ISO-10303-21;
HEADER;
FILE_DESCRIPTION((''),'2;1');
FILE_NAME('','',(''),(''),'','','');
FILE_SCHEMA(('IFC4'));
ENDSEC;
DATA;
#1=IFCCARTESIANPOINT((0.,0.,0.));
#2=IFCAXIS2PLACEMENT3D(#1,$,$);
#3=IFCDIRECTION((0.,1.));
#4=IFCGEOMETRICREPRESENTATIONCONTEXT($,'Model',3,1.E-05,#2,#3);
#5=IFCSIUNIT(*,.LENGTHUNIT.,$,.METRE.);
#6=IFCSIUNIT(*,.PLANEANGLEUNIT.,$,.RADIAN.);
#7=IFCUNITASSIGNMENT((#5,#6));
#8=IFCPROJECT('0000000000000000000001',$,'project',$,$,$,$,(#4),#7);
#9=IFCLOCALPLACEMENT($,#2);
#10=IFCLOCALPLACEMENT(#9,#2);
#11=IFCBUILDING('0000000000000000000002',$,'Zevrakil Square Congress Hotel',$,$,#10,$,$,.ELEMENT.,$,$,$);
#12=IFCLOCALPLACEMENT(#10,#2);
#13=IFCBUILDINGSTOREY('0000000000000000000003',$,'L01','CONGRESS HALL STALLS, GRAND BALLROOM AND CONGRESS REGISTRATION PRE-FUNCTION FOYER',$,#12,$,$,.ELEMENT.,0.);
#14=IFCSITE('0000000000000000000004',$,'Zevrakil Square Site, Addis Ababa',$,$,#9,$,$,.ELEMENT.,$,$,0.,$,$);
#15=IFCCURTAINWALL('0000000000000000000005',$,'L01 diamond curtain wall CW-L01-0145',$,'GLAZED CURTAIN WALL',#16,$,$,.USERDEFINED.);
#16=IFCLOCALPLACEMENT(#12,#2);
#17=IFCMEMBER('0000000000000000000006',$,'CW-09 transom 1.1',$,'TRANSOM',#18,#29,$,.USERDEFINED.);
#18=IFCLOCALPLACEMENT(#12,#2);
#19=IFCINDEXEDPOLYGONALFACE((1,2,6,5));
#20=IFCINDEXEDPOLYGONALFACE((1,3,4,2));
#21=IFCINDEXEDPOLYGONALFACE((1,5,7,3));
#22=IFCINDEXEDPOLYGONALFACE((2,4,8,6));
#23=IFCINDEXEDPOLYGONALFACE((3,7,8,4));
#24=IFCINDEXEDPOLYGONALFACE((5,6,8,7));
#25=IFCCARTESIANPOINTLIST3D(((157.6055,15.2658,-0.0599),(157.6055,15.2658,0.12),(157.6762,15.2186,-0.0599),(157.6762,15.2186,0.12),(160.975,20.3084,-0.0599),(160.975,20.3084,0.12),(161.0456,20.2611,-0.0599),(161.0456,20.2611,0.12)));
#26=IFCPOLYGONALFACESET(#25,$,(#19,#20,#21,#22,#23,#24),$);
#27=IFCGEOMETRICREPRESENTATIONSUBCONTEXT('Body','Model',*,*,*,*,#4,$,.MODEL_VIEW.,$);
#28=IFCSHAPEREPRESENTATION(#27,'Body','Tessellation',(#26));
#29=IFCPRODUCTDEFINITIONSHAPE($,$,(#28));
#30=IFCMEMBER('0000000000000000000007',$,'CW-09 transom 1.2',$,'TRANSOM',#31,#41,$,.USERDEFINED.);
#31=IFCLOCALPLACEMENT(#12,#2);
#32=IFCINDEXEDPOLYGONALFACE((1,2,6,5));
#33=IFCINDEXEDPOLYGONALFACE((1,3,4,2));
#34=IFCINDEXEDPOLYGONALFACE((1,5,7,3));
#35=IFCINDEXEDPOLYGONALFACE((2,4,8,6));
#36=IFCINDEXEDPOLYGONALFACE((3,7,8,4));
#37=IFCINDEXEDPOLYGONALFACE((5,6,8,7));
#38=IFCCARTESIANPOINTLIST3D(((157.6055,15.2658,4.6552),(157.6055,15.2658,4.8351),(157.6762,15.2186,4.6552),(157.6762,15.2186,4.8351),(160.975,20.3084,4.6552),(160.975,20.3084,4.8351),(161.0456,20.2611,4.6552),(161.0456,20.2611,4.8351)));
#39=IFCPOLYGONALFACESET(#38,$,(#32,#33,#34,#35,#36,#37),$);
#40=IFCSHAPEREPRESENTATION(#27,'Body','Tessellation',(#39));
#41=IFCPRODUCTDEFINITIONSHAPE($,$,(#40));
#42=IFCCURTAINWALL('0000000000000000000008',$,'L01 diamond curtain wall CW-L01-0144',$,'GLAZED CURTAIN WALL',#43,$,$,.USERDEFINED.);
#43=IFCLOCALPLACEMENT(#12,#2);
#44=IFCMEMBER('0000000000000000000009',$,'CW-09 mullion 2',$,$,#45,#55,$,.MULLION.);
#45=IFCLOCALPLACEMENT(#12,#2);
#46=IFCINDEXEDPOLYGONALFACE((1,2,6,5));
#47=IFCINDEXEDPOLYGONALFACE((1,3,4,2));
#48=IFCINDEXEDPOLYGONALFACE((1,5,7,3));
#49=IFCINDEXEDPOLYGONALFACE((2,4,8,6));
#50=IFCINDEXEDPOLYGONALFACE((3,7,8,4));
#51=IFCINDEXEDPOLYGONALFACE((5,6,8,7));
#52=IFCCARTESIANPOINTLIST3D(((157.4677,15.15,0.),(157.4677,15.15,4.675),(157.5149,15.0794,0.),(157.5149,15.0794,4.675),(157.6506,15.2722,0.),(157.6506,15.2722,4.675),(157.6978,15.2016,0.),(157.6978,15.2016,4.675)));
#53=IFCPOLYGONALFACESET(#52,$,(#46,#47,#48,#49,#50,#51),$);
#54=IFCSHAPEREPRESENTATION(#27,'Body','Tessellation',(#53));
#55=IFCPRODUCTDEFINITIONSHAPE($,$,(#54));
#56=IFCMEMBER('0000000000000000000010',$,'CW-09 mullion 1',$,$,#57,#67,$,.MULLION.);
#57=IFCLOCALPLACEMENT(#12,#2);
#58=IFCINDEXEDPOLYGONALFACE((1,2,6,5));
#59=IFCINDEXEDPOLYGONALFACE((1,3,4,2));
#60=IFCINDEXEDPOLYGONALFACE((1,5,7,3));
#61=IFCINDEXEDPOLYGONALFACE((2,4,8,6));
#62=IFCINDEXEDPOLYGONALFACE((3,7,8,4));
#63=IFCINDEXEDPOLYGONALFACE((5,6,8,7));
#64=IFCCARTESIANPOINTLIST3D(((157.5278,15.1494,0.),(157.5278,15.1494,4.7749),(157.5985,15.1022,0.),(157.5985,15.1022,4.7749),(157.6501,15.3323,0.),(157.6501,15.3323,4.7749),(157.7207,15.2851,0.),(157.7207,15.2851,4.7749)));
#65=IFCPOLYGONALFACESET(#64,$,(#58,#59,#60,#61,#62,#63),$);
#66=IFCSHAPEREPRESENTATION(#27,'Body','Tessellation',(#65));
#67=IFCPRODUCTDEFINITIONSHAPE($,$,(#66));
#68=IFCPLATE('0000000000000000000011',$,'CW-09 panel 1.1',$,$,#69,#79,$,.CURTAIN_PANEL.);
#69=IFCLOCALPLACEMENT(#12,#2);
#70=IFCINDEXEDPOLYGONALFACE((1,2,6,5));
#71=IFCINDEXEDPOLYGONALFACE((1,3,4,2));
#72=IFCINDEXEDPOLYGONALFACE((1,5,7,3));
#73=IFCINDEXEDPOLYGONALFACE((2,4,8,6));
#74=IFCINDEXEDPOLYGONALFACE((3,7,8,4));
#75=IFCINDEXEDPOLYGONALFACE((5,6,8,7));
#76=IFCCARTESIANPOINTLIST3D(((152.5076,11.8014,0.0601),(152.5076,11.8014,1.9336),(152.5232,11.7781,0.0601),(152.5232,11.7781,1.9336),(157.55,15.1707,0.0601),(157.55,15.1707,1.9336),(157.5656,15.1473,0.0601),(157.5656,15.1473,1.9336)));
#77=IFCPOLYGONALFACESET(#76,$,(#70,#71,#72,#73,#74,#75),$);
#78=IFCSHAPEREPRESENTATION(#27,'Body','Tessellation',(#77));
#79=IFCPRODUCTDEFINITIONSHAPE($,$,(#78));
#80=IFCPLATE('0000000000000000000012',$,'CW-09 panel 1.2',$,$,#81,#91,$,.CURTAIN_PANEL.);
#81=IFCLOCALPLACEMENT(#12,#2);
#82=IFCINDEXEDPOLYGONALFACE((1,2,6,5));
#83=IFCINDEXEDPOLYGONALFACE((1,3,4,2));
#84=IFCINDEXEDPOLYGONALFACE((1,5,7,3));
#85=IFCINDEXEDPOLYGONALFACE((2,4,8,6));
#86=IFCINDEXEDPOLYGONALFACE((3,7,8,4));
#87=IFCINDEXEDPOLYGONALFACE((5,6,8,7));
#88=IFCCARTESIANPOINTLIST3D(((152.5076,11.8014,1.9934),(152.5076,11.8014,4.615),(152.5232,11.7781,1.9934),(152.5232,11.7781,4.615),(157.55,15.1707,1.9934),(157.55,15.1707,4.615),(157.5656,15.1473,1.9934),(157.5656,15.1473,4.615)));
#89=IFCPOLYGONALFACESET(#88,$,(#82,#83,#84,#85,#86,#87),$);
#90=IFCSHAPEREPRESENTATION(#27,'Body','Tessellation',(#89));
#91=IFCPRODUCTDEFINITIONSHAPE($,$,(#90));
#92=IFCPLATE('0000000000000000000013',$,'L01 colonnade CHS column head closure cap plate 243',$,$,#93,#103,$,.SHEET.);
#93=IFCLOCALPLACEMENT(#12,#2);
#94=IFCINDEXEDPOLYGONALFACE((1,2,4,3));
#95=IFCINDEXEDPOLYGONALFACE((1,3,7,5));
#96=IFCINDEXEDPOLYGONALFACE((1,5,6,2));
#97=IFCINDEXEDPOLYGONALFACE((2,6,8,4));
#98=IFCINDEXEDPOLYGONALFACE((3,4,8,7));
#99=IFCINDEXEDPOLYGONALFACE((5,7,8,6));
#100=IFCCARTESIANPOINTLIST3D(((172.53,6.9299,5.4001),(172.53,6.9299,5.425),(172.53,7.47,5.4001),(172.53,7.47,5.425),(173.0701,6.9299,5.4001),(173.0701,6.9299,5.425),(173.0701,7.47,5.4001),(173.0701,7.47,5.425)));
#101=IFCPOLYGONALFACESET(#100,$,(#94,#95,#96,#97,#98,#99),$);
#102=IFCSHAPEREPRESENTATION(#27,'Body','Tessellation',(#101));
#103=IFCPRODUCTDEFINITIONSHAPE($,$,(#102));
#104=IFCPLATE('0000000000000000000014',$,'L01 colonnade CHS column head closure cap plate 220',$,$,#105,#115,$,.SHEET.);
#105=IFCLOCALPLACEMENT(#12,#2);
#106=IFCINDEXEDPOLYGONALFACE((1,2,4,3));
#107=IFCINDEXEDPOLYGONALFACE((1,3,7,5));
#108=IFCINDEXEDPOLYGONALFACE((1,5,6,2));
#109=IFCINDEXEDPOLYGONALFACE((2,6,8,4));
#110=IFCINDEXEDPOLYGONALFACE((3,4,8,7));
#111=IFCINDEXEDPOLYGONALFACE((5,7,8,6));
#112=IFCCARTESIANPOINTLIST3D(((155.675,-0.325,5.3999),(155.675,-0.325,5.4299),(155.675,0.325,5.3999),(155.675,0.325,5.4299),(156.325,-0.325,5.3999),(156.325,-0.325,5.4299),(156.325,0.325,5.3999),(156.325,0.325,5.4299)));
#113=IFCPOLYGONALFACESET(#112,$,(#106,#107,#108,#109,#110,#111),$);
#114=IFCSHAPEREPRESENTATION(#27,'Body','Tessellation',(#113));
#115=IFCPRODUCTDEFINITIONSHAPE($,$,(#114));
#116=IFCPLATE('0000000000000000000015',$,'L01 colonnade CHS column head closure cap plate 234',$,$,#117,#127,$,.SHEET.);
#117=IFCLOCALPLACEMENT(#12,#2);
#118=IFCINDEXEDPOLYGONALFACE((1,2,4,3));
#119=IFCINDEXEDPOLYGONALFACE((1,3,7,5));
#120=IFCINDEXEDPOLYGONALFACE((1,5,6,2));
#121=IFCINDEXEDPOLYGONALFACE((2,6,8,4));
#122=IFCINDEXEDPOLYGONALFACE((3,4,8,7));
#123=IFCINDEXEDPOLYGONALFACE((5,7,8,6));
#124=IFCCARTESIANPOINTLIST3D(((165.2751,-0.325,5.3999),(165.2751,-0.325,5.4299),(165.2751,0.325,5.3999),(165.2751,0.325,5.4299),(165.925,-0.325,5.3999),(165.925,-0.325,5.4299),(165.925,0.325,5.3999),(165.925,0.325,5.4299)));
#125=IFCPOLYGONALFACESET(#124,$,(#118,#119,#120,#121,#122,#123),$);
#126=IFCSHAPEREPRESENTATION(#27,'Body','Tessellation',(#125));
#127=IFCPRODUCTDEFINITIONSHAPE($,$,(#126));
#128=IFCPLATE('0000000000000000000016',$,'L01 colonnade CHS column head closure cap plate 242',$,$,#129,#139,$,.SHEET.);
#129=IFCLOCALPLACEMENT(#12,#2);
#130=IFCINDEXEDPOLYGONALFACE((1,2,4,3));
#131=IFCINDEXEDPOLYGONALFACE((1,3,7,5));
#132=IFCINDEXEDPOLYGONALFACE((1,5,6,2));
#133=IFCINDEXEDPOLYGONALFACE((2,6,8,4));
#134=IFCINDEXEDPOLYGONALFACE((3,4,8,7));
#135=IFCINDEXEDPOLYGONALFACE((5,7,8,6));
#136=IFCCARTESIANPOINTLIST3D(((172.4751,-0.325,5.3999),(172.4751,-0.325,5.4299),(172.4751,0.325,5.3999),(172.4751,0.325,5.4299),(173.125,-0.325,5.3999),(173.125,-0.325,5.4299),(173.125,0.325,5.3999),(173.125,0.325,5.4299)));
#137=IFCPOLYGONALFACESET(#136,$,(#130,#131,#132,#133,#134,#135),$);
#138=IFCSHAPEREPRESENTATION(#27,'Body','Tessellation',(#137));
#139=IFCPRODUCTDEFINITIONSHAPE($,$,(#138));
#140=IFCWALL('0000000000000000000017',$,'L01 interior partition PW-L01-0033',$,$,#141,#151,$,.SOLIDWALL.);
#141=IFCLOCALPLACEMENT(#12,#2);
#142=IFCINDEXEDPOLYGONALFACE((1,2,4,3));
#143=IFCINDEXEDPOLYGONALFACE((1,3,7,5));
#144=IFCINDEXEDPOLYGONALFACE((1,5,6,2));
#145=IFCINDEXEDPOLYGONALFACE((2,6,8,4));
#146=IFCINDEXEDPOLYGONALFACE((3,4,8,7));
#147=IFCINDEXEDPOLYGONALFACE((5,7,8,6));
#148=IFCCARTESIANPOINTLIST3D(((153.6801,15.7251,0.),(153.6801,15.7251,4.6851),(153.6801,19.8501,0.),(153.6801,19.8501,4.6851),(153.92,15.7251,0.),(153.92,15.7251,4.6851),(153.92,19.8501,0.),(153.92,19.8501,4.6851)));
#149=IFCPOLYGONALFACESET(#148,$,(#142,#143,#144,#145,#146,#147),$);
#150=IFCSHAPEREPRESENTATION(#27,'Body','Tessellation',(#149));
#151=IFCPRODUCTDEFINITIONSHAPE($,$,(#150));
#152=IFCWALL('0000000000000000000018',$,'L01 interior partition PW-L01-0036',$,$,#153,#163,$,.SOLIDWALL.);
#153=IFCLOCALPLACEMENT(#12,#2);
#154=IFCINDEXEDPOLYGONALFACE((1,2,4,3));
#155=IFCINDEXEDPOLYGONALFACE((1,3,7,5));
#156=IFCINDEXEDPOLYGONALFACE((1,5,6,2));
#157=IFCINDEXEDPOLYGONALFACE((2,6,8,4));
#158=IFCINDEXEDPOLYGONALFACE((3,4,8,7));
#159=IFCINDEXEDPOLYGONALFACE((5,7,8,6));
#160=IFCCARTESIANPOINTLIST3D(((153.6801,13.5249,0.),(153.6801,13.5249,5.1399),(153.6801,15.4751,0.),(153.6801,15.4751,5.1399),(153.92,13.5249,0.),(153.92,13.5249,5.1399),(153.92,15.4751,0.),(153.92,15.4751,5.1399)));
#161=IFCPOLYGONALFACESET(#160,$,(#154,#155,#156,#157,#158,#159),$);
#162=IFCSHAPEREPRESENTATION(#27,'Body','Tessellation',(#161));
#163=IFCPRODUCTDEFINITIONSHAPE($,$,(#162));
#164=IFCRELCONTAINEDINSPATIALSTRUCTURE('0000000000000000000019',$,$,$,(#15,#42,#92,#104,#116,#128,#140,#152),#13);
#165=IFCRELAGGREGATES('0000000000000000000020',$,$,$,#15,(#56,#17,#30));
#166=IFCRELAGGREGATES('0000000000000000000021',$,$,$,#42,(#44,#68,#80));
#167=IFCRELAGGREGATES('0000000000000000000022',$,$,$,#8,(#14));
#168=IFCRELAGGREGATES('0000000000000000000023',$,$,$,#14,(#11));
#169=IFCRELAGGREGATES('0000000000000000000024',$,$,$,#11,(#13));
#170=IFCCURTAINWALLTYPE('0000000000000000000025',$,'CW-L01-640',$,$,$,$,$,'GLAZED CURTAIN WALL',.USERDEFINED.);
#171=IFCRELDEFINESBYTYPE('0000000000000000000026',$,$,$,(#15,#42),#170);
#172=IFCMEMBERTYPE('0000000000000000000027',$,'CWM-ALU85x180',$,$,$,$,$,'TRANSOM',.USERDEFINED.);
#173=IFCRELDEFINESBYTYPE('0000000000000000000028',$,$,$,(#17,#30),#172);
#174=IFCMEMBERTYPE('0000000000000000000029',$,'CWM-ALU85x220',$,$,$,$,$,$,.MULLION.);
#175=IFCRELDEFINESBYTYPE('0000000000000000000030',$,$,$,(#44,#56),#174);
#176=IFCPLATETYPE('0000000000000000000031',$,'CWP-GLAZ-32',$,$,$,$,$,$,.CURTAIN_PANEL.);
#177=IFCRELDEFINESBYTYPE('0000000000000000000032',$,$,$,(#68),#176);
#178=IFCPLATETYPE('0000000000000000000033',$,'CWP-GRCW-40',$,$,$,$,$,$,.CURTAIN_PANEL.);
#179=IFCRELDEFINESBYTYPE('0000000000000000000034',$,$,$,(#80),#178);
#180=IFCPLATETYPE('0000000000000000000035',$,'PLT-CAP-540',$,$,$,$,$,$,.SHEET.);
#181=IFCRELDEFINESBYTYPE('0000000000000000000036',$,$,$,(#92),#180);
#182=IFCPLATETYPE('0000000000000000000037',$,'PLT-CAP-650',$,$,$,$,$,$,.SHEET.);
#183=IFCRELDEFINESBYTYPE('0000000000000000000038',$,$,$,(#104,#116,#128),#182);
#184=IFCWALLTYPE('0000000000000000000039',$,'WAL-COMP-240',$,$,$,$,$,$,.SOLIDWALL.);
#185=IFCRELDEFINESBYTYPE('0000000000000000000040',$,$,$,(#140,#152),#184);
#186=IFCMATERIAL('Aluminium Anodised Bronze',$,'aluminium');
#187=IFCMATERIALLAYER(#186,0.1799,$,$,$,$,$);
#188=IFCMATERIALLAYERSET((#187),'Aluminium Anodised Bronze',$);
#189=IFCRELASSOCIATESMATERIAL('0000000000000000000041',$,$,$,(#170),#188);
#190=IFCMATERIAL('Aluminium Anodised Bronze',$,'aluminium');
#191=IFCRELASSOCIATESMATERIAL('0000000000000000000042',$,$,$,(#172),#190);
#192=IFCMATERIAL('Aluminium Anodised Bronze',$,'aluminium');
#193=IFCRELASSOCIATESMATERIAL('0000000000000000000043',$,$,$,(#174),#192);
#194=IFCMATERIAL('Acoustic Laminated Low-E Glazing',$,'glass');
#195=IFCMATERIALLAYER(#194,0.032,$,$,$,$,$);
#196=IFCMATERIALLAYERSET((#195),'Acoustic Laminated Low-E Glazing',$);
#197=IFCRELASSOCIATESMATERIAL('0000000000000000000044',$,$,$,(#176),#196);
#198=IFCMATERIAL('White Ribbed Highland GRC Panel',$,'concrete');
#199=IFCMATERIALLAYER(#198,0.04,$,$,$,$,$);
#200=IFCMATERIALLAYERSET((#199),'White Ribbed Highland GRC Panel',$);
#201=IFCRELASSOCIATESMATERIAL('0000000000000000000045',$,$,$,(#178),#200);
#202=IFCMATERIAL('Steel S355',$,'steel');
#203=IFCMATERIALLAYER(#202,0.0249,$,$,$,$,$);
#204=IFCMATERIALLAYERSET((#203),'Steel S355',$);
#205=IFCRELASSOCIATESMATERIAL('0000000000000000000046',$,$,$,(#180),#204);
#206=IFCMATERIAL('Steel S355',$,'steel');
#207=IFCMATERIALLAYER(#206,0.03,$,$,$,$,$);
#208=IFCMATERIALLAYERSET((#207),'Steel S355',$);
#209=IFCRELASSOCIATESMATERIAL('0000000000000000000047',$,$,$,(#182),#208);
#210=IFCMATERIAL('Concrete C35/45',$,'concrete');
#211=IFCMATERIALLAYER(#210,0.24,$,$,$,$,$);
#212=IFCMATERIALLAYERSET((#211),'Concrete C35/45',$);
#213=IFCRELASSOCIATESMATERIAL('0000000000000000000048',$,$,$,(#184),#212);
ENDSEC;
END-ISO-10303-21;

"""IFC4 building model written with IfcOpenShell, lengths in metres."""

from ifc_helpers import new_model, si_unit, direction, frame, frame_2d, origin, origin_2d, place, context, subcontext, project, spatial, rectangle, extrude, material, layer, layer_set, material_profile, profile_set, type_object, element, aggregate, save


model = new_model("IFC4")

# Units and contexts
model_context = context("Model", 3, precision=1e-05, world=origin(), true_north=direction((0.0, 1.0)))
body_context = subcontext(model_context, "Body", "Model", "MODEL_VIEW")
ifc_project = project(units=[si_unit("LENGTHUNIT", "METRE"), si_unit("PLANEANGLEUNIT", "RADIAN")], contexts=[model_context])

# Site, building, storey
site_placement = place(None, origin())
site = spatial("IfcSite", under=ifc_project, at=site_placement, Name="Zevrakil Square Site, Addis Ababa", CompositionType="ELEMENT", RefElevation=0.0)
building_placement = place(site_placement, origin())
building = spatial("IfcBuilding", under=site, at=building_placement, Name="Zevrakil Square Congress Hotel", CompositionType="ELEMENT")
storey_placement = place(building_placement, origin())
storey = spatial("IfcBuildingStorey", under=building, at=storey_placement, Name="L01", Description="CONGRESS HALL STALLS, GRAND BALLROOM AND CONGRESS REGISTRATION PRE-FUNCTION FOYER", CompositionType="ELEMENT", Elevation=0.0)

# Curtain wall, members
ifc_material_1 = material(Name="Aluminium Anodised Bronze", Category="aluminium")
ifc_layer_1 = layer(ifc_material_1, 0.1799)
ifc_layer_set_1 = layer_set([ifc_layer_1], Name="Aluminium Anodised Bronze")
curtain_wall_type = type_object("IfcCurtainWallType", Name="CW-L01-640", ElementType="GLAZED CURTAIN WALL", PredefinedType="USERDEFINED", material=ifc_layer_set_1)
curtain_wall_1_placement = place(storey_placement, origin())
curtain_wall_1 = element("IfcCurtainWall", 1, at=curtain_wall_1_placement, inside=storey, type_object=curtain_wall_type, Name="L01 diamond curtain wall CW-L01-0145", ObjectType="GLAZED CURTAIN WALL", PredefinedType="USERDEFINED")
ifc_material_2 = material(Name="Aluminium Anodised Bronze", Category="aluminium")
ifc_material_profile_1 = material_profile(ifc_material_2, rectangle(XDim=0.085, YDim=0.1799, at=origin_2d()), Name="ALU 85x180")
ifc_profile_set_1 = profile_set([ifc_material_profile_1], Name="Aluminium Anodised Bronze")
member_type_1 = type_object("IfcMemberType", Name="CWM-ALU85x180", ElementType="TRANSOM", PredefinedType="USERDEFINED", material=ifc_profile_set_1)
member_1_placement = place(storey_placement, frame((157.6409, 15.2422, 0.03), z_axis=(0.555582, 0.831461, 0.0), x_axis=(-0.831461, 0.555582, 0.0)))
member_1 = element("IfcMember", 2, at=member_1_placement, type_object=member_type_1, Name="CW-09 transom 1.1", ObjectType="TRANSOM", PredefinedType="USERDEFINED", context=body_context, shape_type="SweptSolid", body=[
    extrude(rectangle(XDim=0.085, YDim=0.1799, at=origin_2d()), origin(), (0.0, 0.0, 1.0), 6.0647),
])
member_2_placement = place(storey_placement, frame((157.6409, 15.2422, 4.7451), z_axis=(0.555582, 0.831461, 0.0), x_axis=(-0.831461, 0.555582, 0.0)))
member_2 = element("IfcMember", 3, at=member_2_placement, type_object=member_type_1, Name="CW-09 transom 1.2", ObjectType="TRANSOM", PredefinedType="USERDEFINED", context=body_context, shape_type="SweptSolid", body=[
    extrude(rectangle(XDim=0.085, YDim=0.1799, at=origin_2d()), origin(), (0.0, 0.0, 1.0), 6.0647),
])

# Curtain wall, member
curtain_wall_2_placement = place(storey_placement, origin())
curtain_wall_2 = element("IfcCurtainWall", 4, at=curtain_wall_2_placement, inside=storey, type_object=curtain_wall_type, Name="L01 diamond curtain wall CW-L01-0144", ObjectType="GLAZED CURTAIN WALL", PredefinedType="USERDEFINED")
ifc_material_3 = material(Name="Aluminium Anodised Bronze", Category="aluminium")
ifc_material_profile_2 = material_profile(ifc_material_3, rectangle(XDim=0.085, YDim=0.22, at=origin_2d()), Name="ALU 85x220")
ifc_profile_set_2 = profile_set([ifc_material_profile_2], Name="Aluminium Anodised Bronze")
member_type_2 = type_object("IfcMemberType", Name="CWM-ALU85x220", PredefinedType="MULLION", material=ifc_profile_set_2)
member_3_placement = place(storey_placement, frame((157.5828, 15.1758, 0.0), z_axis=(0.0, 0.0, 1.0), x_axis=(-0.555577, 0.831465, 0.0)))
member_3 = element("IfcMember", 5, at=member_3_placement, type_object=member_type_2, Name="CW-09 mullion 2", PredefinedType="MULLION", context=body_context, shape_type="SweptSolid", body=[
    extrude(rectangle(XDim=0.085, YDim=0.22, at=origin_2d()), origin(), (0.0, 0.0, 1.0), 4.675),
])

# Member
member_4_placement = place(storey_placement, frame((157.6243, 15.2173, 0.0), z_axis=(0.0, 0.0, 1.0), x_axis=(-0.831465, 0.555577, 0.0)))
member_4 = element("IfcMember", 6, at=member_4_placement, type_object=member_type_2, Name="CW-09 mullion 1", PredefinedType="MULLION", context=body_context, shape_type="SweptSolid", body=[
    extrude(rectangle(XDim=0.085, YDim=0.22, at=origin_2d()), origin(), (0.0, 0.0, 1.0), 4.7749),
])
aggregate(curtain_wall_1, [member_4, member_1, member_2])

# Plates
ifc_material_4 = material(Name="Acoustic Laminated Low-E Glazing", Category="glass")
ifc_layer_2 = layer(ifc_material_4, 0.032)
ifc_layer_set_2 = layer_set([ifc_layer_2], Name="Acoustic Laminated Low-E Glazing")
plate_type_1 = type_object("IfcPlateType", Name="CWP-GLAZ-32", PredefinedType="CURTAIN_PANEL", material=ifc_layer_set_2)
plate_1_placement = place(storey_placement, frame((155.0366, 13.4744, 0.0601), z_axis=(0.0, 0.0, 1.0), x_axis=(0.831465, 0.555577, 0.0)))
plate_1 = element("IfcPlate", 7, at=plate_1_placement, type_object=plate_type_1, Name="CW-09 panel 1.1", PredefinedType="CURTAIN_PANEL", context=body_context, shape_type="SweptSolid", body=[
    extrude(rectangle(XDim=6.0645, YDim=0.0281, at=origin_2d()), origin(), (0.0, 0.0, 1.0), 1.8735),
])
ifc_material_5 = material(Name="White Ribbed Highland GRC Panel", Category="concrete")
ifc_layer_3 = layer(ifc_material_5, 0.04)
ifc_layer_set_3 = layer_set([ifc_layer_3], Name="White Ribbed Highland GRC Panel")
plate_type_2 = type_object("IfcPlateType", Name="CWP-GRCW-40", PredefinedType="CURTAIN_PANEL", material=ifc_layer_set_3)
plate_2_placement = place(storey_placement, frame((155.0366, 13.4744, 1.9934), z_axis=(0.0, 0.0, 1.0), x_axis=(0.831465, 0.555577, 0.0)))
plate_2 = element("IfcPlate", 8, at=plate_2_placement, type_object=plate_type_2, Name="CW-09 panel 1.2", PredefinedType="CURTAIN_PANEL", context=body_context, shape_type="SweptSolid", body=[
    extrude(rectangle(XDim=6.0645, YDim=0.0281, at=origin_2d()), origin(), (0.0, 0.0, 1.0), 2.6216),
])
aggregate(curtain_wall_2, [member_3, plate_1, plate_2])

# Plates
ifc_material_6 = material(Name="Steel S355", Category="steel")
ifc_layer_4 = layer(ifc_material_6, 0.0249)
ifc_layer_set_4 = layer_set([ifc_layer_4], Name="Steel S355")
plate_type_3 = type_object("IfcPlateType", Name="PLT-CAP-540", PredefinedType="SHEET", material=ifc_layer_set_4)
plate_3_placement = place(storey_placement, frame((172.8, 7.2, 5.4001), z_axis=(0.0, 0.0, 1.0), x_axis=(1.0, 0.0, 0.0)))
element("IfcPlate", 9, at=plate_3_placement, inside=storey, type_object=plate_type_3, Name="L01 colonnade CHS column head closure cap plate 243", PredefinedType="SHEET", context=body_context, shape_type="SweptSolid", body=[
    extrude(rectangle(XDim=0.54, YDim=0.54, at=origin_2d()), origin(), (0.0, 0.0, 1.0), 0.0249),
])
ifc_material_7 = material(Name="Steel S355", Category="steel")
ifc_layer_5 = layer(ifc_material_7, 0.03)
ifc_layer_set_5 = layer_set([ifc_layer_5], Name="Steel S355")
plate_type_4 = type_object("IfcPlateType", Name="PLT-CAP-650", PredefinedType="SHEET", material=ifc_layer_set_5)
for number, where, z_axis, x_axis, name in (
    (10, (156.0, 0.0, 5.3999), (0.0, 0.0, 1.0), (1.0, 0.0, 0.0), "L01 colonnade CHS column head closure cap plate 220"),
    (11, (165.6001, 0.0, 5.3999), (0.0, 0.0, 1.0), (1.0, 0.0, 0.0), "L01 colonnade CHS column head closure cap plate 234"),
    (12, (172.8, 0.0, 5.3999), (0.0, 0.0, 1.0), (1.0, 0.0, 0.0), "L01 colonnade CHS column head closure cap plate 242"),
):
    element("IfcPlate", number, at=place(storey_placement, frame(where, z_axis=z_axis, x_axis=x_axis)), inside=storey, type_object=plate_type_4, Name=name, PredefinedType="SHEET", context=body_context, shape_type="SweptSolid", body=[
        extrude(rectangle(XDim=0.6499, YDim=0.6499, at=origin_2d()), origin(), (0.0, 0.0, 1.0), 0.03),
    ])

# Walls
ifc_material_8 = material(Name="Concrete C35/45", Category="concrete")
ifc_layer_6 = layer(ifc_material_8, 0.24)
ifc_layer_set_6 = layer_set([ifc_layer_6], Name="Concrete C35/45")
wall_type = type_object("IfcWallType", Name="WAL-COMP-240", PredefinedType="SOLIDWALL", material=ifc_layer_set_6)
wall_1_placement = place(storey_placement, frame((153.8, 15.7251, 0.0), z_axis=(0.0, 0.0, 1.0), x_axis=(0.0, 1.0, 0.0)))
element("IfcWall", 13, at=wall_1_placement, inside=storey, type_object=wall_type, Name="L01 interior partition PW-L01-0033", PredefinedType="SOLIDWALL", context=body_context, shape_type="SweptSolid", body=[
    extrude(rectangle(XDim=4.125, YDim=0.24, at=frame_2d((2.0625, 0.0))), origin(), (0.0, 0.0, 1.0), 4.6851),
])
wall_2_placement = place(storey_placement, frame((153.8, 13.5249, 0.0), z_axis=(0.0, 0.0, 1.0), x_axis=(0.0, 1.0, 0.0)))
element("IfcWall", 14, at=wall_2_placement, inside=storey, type_object=wall_type, Name="L01 interior partition PW-L01-0036", PredefinedType="SOLIDWALL", context=body_context, shape_type="SweptSolid", body=[
    extrude(rectangle(XDim=1.9502, YDim=0.24, at=frame_2d((0.9751, 0.0))), origin(), (0.0, 0.0, 1.0), 5.1399),
])

save(model, "model.ifc")
